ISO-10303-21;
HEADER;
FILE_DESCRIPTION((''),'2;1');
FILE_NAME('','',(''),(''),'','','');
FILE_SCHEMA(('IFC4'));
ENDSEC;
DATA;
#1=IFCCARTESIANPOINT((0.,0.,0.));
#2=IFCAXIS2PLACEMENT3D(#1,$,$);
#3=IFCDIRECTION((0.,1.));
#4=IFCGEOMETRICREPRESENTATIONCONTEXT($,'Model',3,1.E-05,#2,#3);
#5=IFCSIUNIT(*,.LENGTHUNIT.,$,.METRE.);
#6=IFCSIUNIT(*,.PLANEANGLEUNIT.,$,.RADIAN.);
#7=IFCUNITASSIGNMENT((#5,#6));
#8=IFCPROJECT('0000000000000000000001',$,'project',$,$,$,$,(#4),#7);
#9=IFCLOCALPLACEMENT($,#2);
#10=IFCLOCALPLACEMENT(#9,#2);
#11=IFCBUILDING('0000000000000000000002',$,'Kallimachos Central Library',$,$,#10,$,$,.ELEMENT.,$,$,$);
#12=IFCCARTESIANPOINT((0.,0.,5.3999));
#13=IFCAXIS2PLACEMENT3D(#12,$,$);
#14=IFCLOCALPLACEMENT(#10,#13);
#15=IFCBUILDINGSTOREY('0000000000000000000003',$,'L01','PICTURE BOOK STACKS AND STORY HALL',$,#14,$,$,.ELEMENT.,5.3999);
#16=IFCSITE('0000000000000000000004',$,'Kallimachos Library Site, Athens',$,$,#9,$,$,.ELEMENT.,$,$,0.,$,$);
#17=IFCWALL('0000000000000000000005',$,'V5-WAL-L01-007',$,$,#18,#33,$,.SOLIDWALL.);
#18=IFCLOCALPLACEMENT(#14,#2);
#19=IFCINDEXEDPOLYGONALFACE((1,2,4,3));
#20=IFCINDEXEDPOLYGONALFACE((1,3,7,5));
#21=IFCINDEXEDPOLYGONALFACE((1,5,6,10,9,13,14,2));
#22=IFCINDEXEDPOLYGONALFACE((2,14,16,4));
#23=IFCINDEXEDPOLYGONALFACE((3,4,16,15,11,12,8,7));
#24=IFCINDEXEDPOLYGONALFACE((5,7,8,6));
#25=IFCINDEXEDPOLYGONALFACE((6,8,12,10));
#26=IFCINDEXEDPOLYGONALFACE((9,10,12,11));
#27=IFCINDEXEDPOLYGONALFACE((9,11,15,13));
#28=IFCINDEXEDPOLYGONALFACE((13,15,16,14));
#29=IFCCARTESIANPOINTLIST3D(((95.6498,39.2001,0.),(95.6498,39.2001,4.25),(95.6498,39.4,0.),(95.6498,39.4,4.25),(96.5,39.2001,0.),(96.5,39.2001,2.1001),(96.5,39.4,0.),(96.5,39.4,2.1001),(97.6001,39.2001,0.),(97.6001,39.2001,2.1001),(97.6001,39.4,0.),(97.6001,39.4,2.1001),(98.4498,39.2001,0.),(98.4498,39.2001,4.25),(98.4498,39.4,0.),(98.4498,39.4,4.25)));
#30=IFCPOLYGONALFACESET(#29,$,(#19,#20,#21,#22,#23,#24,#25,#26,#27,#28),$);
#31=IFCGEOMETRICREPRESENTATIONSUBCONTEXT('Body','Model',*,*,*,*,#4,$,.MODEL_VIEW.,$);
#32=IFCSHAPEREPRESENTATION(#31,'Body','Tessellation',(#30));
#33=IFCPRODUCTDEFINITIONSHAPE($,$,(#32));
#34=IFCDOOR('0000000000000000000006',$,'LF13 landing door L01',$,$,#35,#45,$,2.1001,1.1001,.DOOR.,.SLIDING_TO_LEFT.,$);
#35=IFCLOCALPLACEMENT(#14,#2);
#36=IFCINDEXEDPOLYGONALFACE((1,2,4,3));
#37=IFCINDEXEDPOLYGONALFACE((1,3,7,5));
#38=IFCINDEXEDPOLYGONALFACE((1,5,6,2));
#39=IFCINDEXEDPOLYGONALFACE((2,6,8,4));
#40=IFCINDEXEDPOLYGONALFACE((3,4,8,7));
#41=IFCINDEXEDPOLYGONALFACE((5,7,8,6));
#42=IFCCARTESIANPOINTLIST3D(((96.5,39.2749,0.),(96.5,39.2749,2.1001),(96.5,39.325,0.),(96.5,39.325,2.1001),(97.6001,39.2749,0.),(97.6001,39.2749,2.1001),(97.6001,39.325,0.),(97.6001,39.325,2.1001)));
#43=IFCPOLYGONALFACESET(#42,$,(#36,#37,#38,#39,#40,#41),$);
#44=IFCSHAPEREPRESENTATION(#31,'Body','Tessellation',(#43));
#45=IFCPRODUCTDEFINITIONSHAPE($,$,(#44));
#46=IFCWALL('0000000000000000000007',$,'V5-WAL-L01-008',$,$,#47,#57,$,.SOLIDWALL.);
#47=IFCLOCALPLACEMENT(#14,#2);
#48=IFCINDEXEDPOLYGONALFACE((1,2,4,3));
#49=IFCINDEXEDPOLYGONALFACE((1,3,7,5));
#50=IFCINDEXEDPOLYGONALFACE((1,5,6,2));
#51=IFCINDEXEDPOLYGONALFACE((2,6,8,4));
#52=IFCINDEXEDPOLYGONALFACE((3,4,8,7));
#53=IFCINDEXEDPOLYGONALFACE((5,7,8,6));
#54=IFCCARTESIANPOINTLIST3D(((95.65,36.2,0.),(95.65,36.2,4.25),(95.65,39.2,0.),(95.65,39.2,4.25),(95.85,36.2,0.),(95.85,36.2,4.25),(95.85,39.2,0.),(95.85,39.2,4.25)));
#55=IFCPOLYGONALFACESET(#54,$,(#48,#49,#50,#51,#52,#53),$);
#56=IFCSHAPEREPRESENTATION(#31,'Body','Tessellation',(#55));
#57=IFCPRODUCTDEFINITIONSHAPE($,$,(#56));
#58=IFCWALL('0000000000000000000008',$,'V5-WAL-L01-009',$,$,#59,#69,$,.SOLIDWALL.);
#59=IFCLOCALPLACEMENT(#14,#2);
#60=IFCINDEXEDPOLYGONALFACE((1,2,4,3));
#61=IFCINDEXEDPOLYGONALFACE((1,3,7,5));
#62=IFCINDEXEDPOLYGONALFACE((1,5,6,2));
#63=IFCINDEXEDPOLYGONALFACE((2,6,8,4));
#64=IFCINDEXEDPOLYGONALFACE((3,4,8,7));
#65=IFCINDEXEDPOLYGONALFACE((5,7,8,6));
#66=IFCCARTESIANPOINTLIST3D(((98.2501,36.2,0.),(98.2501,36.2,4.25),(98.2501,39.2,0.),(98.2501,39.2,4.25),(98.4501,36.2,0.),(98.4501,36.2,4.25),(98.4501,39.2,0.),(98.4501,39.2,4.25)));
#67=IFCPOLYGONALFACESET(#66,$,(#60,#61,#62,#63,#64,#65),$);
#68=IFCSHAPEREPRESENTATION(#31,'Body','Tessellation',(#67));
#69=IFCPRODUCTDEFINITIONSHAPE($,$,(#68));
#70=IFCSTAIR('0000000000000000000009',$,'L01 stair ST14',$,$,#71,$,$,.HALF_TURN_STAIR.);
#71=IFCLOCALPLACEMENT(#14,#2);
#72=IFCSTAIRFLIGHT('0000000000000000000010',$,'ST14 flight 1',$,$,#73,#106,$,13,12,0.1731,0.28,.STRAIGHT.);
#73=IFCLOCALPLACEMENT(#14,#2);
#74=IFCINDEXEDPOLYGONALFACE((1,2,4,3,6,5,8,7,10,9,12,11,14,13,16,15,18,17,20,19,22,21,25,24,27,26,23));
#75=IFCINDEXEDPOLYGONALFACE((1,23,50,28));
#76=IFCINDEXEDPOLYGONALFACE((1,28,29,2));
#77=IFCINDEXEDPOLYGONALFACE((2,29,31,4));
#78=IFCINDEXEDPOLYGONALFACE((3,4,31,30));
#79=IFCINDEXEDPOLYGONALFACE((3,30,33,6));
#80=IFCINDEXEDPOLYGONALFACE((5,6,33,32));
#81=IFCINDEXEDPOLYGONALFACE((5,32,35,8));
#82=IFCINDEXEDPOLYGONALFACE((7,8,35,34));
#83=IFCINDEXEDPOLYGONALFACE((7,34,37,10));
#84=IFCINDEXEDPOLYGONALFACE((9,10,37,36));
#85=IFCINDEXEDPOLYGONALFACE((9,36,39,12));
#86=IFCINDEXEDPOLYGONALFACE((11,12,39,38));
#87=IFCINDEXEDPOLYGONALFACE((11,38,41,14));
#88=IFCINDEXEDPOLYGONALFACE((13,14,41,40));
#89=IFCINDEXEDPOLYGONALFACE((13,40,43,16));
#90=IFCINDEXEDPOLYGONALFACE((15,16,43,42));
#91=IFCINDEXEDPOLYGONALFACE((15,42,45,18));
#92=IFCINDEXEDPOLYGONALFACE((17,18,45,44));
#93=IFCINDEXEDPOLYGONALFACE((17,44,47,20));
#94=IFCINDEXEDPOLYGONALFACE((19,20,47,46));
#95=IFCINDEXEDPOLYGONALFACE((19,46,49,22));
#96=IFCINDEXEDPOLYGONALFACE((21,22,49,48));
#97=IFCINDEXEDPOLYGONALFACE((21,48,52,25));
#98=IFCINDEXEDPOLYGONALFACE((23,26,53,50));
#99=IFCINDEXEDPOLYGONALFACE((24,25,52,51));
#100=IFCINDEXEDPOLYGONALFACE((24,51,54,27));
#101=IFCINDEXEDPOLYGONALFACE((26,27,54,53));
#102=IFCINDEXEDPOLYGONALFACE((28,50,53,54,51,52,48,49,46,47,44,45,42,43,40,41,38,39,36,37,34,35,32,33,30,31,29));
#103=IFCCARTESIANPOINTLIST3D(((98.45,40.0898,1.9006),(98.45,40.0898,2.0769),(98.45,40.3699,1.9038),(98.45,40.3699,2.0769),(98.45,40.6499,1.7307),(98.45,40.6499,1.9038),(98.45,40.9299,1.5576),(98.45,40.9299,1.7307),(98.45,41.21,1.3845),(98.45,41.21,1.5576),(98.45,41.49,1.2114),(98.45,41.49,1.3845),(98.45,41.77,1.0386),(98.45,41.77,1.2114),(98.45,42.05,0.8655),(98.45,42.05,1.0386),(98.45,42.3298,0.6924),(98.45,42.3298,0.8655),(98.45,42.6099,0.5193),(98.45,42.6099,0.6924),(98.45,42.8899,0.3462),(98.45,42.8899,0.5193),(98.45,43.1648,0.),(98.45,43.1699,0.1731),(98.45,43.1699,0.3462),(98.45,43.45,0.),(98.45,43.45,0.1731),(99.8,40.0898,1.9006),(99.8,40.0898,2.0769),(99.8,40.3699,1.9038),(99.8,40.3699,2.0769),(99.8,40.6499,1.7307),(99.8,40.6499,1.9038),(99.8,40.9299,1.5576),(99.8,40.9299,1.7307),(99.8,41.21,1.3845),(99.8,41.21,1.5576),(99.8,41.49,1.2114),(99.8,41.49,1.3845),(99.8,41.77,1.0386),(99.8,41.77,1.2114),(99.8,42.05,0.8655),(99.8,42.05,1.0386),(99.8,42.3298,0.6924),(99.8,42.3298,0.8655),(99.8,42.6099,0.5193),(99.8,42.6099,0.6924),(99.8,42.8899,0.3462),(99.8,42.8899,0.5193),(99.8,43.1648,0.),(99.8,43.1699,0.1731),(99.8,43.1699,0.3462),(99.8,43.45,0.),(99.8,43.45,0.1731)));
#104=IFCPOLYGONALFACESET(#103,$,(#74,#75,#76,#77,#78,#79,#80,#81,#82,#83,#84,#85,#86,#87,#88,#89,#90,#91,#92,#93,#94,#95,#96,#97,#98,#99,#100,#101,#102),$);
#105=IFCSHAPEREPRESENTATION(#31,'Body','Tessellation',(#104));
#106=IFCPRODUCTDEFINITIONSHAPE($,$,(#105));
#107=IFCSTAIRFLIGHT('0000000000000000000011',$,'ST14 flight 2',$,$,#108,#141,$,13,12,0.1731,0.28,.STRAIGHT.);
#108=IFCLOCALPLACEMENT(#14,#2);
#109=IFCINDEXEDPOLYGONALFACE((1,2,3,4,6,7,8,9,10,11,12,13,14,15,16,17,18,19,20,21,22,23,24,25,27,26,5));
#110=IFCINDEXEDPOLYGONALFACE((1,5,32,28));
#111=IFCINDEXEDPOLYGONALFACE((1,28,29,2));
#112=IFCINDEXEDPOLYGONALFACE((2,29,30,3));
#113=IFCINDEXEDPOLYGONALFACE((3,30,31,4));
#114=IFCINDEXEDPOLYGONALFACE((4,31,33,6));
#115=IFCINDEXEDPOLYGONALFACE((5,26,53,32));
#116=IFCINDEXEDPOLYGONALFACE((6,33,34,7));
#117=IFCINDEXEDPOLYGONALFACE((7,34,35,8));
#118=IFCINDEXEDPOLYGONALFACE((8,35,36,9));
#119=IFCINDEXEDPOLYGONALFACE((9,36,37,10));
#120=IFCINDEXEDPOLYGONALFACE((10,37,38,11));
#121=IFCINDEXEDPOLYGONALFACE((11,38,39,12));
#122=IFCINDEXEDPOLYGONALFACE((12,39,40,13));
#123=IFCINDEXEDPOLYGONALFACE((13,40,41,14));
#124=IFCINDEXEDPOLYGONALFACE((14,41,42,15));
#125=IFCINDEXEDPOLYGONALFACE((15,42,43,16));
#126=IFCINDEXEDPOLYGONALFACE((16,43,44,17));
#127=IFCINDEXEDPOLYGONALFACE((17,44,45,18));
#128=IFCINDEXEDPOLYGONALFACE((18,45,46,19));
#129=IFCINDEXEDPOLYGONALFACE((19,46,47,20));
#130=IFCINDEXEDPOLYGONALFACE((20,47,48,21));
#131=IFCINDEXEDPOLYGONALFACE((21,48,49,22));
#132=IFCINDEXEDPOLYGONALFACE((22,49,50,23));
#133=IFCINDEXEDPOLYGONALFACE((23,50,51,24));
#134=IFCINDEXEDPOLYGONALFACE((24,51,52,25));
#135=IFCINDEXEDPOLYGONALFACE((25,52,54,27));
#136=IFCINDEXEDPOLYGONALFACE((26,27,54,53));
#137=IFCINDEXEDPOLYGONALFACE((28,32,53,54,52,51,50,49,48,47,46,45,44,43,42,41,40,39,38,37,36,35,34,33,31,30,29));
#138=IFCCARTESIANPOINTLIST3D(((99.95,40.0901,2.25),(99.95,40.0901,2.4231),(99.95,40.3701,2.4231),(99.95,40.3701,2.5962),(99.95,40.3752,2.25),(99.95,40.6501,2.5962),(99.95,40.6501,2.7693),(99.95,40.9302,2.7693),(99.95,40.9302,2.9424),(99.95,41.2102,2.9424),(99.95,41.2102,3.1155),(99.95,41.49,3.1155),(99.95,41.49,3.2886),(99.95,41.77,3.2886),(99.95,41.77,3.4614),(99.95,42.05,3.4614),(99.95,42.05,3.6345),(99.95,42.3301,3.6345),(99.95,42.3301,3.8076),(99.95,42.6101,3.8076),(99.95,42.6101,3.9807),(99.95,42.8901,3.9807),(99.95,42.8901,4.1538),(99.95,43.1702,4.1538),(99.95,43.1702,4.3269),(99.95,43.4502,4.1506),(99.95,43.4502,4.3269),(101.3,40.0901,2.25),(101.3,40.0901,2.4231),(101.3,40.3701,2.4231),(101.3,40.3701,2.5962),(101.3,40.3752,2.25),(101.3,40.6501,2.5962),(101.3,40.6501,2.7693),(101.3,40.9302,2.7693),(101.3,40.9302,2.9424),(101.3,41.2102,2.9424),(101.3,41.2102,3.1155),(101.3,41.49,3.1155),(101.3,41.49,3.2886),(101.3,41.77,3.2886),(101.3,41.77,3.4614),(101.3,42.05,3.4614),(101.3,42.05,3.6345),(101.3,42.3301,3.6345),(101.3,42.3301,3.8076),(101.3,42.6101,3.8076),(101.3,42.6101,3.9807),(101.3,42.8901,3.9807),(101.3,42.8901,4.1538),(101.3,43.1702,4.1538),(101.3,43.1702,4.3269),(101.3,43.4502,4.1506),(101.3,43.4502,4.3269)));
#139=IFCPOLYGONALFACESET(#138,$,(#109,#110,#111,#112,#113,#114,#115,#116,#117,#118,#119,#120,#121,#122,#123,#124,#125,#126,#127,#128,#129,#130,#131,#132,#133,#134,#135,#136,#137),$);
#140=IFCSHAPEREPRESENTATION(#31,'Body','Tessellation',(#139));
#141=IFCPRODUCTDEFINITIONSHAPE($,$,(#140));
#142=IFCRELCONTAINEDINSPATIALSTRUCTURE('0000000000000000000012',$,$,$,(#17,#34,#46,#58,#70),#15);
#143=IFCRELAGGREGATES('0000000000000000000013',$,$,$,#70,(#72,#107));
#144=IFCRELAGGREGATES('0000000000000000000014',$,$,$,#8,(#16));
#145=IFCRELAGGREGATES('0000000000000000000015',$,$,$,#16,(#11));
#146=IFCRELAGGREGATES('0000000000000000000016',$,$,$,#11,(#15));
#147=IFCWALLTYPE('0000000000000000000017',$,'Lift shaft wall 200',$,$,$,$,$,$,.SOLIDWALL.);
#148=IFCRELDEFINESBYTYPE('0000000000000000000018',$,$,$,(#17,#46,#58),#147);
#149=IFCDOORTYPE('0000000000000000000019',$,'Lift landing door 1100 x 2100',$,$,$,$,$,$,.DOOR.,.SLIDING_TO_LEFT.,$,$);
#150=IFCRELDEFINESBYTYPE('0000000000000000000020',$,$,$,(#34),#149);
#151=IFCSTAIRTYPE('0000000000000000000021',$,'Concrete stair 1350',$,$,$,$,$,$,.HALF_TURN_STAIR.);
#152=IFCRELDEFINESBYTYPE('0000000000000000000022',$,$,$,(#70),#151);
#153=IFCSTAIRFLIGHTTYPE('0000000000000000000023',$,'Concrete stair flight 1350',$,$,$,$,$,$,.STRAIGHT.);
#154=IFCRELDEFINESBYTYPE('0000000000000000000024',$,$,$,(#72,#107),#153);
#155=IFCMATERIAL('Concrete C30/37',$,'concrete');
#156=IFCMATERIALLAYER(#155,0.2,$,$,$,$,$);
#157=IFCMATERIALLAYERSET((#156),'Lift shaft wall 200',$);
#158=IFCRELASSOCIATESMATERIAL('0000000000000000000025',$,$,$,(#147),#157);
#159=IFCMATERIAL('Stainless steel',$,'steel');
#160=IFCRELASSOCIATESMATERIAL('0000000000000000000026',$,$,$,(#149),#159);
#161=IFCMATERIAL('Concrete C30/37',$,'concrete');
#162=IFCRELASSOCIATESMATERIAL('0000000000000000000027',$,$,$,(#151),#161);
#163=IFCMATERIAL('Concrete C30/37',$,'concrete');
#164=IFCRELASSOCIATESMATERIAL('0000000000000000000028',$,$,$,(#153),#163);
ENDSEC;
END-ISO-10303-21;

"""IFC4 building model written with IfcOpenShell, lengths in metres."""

from ifc_helpers import new_model, si_unit, direction, frame, frame_2d, origin, place, context, subcontext, project, spatial, polyline, rectangle, outline, extrude, material, layer, layer_set, type_object, element, fill, aggregate, save


model = new_model("IFC4")

# Units and contexts
model_context = context("Model", 3, precision=1e-05, world=origin(), true_north=direction((0.0, 1.0)))
body_context = subcontext(model_context, "Body", "Model", "MODEL_VIEW")
ifc_project = project(units=[si_unit("LENGTHUNIT", "METRE"), si_unit("PLANEANGLEUNIT", "RADIAN")], contexts=[model_context])

# Site, building, storey
site_placement = place(None, origin())
site = spatial("IfcSite", under=ifc_project, at=site_placement, Name="Kallimachos Library Site, Athens", CompositionType="ELEMENT", RefElevation=0.0)
building_placement = place(site_placement, origin())
building = spatial("IfcBuilding", under=site, at=building_placement, Name="Kallimachos Central Library", CompositionType="ELEMENT")
storey_placement = place(building_placement, frame((0.0, 0.0, 5.3999)))
storey = spatial("IfcBuildingStorey", under=building, at=storey_placement, Name="L01", Description="PICTURE BOOK STACKS AND STORY HALL", CompositionType="ELEMENT", Elevation=5.3999)

# Shared definitions
ifc_material_1 = material(Name="Concrete C30/37", Category="concrete")
ifc_layer_1 = layer(ifc_material_1, 0.2)
ifc_layer_set_1 = layer_set([ifc_layer_1], Name="Lift shaft wall 200")
wall_type_1 = type_object("IfcWallType", Name="Lift shaft wall 200", PredefinedType="SOLIDWALL", material=ifc_layer_set_1)

# Wall, opening, door
wall_1_placement = place(storey_placement, frame((95.6499, 39.3, 0.0), z_axis=(0.0, 0.0, 1.0), x_axis=(1.0, 0.0, 0.0)))
wall_1 = element("IfcWall", 1, at=wall_1_placement, inside=storey, type_object=wall_type_1, Name="V5-WAL-L01-007", PredefinedType="SOLIDWALL", context=body_context, shape_type="SweptSolid", body=[
    extrude(rectangle(XDim=2.8, YDim=0.2, at=frame_2d((1.3999, 0.0))), origin(), (0.0, 0.0, 1.0), 4.25),
])
opening_1_placement = place(wall_1_placement, frame((0.8501, 0.0, 0.0)))
opening_1 = element("IfcOpeningElement", 2, at=opening_1_placement, cuts=wall_1, PredefinedType="OPENING", context=body_context, shape_type="SweptSolid", body=[
    extrude(rectangle(XDim=1.1001, YDim=2.1001, at=frame_2d((0.55, 1.05))), frame((0.0, 0.1099, 0.0), z_axis=(0.0, -1.0, 0.0), x_axis=(1.0, 0.0, 0.0)), (0.0, 0.0, 1.0), 0.22),
])
ifc_material_2 = material(Name="Stainless steel", Category="steel")
door_type_1 = type_object("IfcDoorType", Name="Lift landing door 1100 x 2100", OperationType="SLIDING_TO_LEFT", PredefinedType="DOOR", material=ifc_material_2)
door_1_placement = place(opening_1_placement, origin())
door_1 = element("IfcDoor", 3, at=door_1_placement, inside=storey, type_object=door_type_1, Name="LF13 landing door L01", OperationType="SLIDING_TO_LEFT", OverallHeight=2.1001, OverallWidth=1.1001, PredefinedType="DOOR", context=body_context, shape_type="SweptSolid", body=[
    extrude(rectangle(XDim=1.1001, YDim=2.1001, at=frame_2d((0.55, 1.05))), frame((0.0, 0.0249, 0.0), z_axis=(0.0, -1.0, 0.0), x_axis=(1.0, 0.0, 0.0)), (0.0, 0.0, 1.0), 0.05),
])
fill(opening_1, door_1)

# Walls
for number, where, z_axis, x_axis, name in (
    (4, (95.75, 36.2, 0.0), (0.0, 0.0, 1.0), (0.0, 1.0, 0.0), "V5-WAL-L01-008"),
    (5, (98.3501, 36.2, 0.0), (0.0, 0.0, 1.0), (0.0, 1.0, 0.0), "V5-WAL-L01-009"),
):
    element("IfcWall", number, at=place(storey_placement, frame(where, z_axis=z_axis, x_axis=x_axis)), inside=storey, type_object=wall_type_1, Name=name, PredefinedType="SOLIDWALL", context=body_context, shape_type="SweptSolid", body=[
        extrude(rectangle(XDim=3.0, YDim=0.2, at=frame_2d((1.5, 0.0))), origin(), (0.0, 0.0, 1.0), 4.25),
    ])

# Stair, stair flights
ifc_material_3 = material(Name="Concrete C30/37", Category="concrete")
stair_type = type_object("IfcStairType", Name="Concrete stair 1350", PredefinedType="HALF_TURN_STAIR", material=ifc_material_3)
stair_placement = place(storey_placement, origin())
stair = element("IfcStair", 6, at=stair_placement, inside=storey, type_object=stair_type, Name="L01 stair ST14", PredefinedType="HALF_TURN_STAIR")
ifc_material_4 = material(Name="Concrete C30/37", Category="concrete")
stair_flight_type = type_object("IfcStairFlightType", Name="Concrete stair flight 1350", PredefinedType="STRAIGHT", material=ifc_material_4)
stair_flight_1_placement = place(storey_placement, frame((99.125, 43.45, 0.0), z_axis=(0.0, 0.0, 1.0), x_axis=(0.0, -1.0, 0.0)))
stair_flight_1 = element("IfcStairFlight", 7, at=stair_flight_1_placement, type_object=stair_flight_type, Name="ST14 flight 1", NumberOfRisers=13, NumberOfTreads=12, PredefinedType="STRAIGHT", RiserHeight=0.1731, TreadLength=0.28, context=body_context, shape_type="SweptSolid", body=[
    extrude(outline(polyline([(0.0, 0.0), (0.0, 0.1731), (0.28, 0.1731), (0.28, 0.3462), (0.5601, 0.3462), (0.5601, 0.5193), (0.8401, 0.5193), (0.8401, 0.6924), (1.1201, 0.6924), (1.1201, 0.8655), (1.3999, 0.8655), (1.3999, 1.0386), (1.6799, 1.0386), (1.6799, 1.2114), (1.96, 1.2114), (1.96, 1.3845), (2.24, 1.3845), (2.24, 1.5576), (2.52, 1.5576), (2.52, 1.7307), (2.8, 1.7307), (2.8, 1.9038), (3.0801, 1.9038), (3.0801, 2.0769), (3.3601, 2.0769), (3.3601, 2.25), (3.3601, 1.9006), (0.2852, 0.0), (0.0, 0.0)])), frame((0.0, 0.675, 0.0), z_axis=(0.0, -1.0, 0.0), x_axis=(1.0, 0.0, 0.0)), (0.0, 0.0, 1.0), 1.3501),
])
stair_flight_2_placement = place(storey_placement, frame((100.625, 40.0901, 2.25), z_axis=(0.0, 0.0, 1.0), x_axis=(0.0, 1.0, 0.0)))
stair_flight_2 = element("IfcStairFlight", 8, at=stair_flight_2_placement, type_object=stair_flight_type, Name="ST14 flight 2", NumberOfRisers=13, NumberOfTreads=12, PredefinedType="STRAIGHT", RiserHeight=0.1731, TreadLength=0.28, context=body_context, shape_type="SweptSolid", body=[
    extrude(outline(polyline([(0.0, 0.0), (0.0, 0.1731), (0.28, 0.1731), (0.28, 0.3462), (0.5601, 0.3462), (0.5601, 0.5193), (0.8401, 0.5193), (0.8401, 0.6924), (1.1201, 0.6924), (1.1201, 0.8655), (1.3999, 0.8655), (1.3999, 1.0386), (1.6799, 1.0386), (1.6799, 1.2114), (1.96, 1.2114), (1.96, 1.3845), (2.24, 1.3845), (2.24, 1.5576), (2.52, 1.5576), (2.52, 1.7307), (2.8, 1.7307), (2.8, 1.9038), (3.0801, 1.9038), (3.0801, 2.0769), (3.3601, 2.0769), (3.3601, 2.25), (3.3601, 1.9006), (0.2852, 0.0), (0.0, 0.0)])), frame((0.0, 0.675, 0.0), z_axis=(0.0, -1.0, 0.0), x_axis=(1.0, 0.0, 0.0)), (0.0, 0.0, 1.0), 1.3501),
])
aggregate(stair, [stair_flight_1, stair_flight_2])

save(model, "model.ifc")
